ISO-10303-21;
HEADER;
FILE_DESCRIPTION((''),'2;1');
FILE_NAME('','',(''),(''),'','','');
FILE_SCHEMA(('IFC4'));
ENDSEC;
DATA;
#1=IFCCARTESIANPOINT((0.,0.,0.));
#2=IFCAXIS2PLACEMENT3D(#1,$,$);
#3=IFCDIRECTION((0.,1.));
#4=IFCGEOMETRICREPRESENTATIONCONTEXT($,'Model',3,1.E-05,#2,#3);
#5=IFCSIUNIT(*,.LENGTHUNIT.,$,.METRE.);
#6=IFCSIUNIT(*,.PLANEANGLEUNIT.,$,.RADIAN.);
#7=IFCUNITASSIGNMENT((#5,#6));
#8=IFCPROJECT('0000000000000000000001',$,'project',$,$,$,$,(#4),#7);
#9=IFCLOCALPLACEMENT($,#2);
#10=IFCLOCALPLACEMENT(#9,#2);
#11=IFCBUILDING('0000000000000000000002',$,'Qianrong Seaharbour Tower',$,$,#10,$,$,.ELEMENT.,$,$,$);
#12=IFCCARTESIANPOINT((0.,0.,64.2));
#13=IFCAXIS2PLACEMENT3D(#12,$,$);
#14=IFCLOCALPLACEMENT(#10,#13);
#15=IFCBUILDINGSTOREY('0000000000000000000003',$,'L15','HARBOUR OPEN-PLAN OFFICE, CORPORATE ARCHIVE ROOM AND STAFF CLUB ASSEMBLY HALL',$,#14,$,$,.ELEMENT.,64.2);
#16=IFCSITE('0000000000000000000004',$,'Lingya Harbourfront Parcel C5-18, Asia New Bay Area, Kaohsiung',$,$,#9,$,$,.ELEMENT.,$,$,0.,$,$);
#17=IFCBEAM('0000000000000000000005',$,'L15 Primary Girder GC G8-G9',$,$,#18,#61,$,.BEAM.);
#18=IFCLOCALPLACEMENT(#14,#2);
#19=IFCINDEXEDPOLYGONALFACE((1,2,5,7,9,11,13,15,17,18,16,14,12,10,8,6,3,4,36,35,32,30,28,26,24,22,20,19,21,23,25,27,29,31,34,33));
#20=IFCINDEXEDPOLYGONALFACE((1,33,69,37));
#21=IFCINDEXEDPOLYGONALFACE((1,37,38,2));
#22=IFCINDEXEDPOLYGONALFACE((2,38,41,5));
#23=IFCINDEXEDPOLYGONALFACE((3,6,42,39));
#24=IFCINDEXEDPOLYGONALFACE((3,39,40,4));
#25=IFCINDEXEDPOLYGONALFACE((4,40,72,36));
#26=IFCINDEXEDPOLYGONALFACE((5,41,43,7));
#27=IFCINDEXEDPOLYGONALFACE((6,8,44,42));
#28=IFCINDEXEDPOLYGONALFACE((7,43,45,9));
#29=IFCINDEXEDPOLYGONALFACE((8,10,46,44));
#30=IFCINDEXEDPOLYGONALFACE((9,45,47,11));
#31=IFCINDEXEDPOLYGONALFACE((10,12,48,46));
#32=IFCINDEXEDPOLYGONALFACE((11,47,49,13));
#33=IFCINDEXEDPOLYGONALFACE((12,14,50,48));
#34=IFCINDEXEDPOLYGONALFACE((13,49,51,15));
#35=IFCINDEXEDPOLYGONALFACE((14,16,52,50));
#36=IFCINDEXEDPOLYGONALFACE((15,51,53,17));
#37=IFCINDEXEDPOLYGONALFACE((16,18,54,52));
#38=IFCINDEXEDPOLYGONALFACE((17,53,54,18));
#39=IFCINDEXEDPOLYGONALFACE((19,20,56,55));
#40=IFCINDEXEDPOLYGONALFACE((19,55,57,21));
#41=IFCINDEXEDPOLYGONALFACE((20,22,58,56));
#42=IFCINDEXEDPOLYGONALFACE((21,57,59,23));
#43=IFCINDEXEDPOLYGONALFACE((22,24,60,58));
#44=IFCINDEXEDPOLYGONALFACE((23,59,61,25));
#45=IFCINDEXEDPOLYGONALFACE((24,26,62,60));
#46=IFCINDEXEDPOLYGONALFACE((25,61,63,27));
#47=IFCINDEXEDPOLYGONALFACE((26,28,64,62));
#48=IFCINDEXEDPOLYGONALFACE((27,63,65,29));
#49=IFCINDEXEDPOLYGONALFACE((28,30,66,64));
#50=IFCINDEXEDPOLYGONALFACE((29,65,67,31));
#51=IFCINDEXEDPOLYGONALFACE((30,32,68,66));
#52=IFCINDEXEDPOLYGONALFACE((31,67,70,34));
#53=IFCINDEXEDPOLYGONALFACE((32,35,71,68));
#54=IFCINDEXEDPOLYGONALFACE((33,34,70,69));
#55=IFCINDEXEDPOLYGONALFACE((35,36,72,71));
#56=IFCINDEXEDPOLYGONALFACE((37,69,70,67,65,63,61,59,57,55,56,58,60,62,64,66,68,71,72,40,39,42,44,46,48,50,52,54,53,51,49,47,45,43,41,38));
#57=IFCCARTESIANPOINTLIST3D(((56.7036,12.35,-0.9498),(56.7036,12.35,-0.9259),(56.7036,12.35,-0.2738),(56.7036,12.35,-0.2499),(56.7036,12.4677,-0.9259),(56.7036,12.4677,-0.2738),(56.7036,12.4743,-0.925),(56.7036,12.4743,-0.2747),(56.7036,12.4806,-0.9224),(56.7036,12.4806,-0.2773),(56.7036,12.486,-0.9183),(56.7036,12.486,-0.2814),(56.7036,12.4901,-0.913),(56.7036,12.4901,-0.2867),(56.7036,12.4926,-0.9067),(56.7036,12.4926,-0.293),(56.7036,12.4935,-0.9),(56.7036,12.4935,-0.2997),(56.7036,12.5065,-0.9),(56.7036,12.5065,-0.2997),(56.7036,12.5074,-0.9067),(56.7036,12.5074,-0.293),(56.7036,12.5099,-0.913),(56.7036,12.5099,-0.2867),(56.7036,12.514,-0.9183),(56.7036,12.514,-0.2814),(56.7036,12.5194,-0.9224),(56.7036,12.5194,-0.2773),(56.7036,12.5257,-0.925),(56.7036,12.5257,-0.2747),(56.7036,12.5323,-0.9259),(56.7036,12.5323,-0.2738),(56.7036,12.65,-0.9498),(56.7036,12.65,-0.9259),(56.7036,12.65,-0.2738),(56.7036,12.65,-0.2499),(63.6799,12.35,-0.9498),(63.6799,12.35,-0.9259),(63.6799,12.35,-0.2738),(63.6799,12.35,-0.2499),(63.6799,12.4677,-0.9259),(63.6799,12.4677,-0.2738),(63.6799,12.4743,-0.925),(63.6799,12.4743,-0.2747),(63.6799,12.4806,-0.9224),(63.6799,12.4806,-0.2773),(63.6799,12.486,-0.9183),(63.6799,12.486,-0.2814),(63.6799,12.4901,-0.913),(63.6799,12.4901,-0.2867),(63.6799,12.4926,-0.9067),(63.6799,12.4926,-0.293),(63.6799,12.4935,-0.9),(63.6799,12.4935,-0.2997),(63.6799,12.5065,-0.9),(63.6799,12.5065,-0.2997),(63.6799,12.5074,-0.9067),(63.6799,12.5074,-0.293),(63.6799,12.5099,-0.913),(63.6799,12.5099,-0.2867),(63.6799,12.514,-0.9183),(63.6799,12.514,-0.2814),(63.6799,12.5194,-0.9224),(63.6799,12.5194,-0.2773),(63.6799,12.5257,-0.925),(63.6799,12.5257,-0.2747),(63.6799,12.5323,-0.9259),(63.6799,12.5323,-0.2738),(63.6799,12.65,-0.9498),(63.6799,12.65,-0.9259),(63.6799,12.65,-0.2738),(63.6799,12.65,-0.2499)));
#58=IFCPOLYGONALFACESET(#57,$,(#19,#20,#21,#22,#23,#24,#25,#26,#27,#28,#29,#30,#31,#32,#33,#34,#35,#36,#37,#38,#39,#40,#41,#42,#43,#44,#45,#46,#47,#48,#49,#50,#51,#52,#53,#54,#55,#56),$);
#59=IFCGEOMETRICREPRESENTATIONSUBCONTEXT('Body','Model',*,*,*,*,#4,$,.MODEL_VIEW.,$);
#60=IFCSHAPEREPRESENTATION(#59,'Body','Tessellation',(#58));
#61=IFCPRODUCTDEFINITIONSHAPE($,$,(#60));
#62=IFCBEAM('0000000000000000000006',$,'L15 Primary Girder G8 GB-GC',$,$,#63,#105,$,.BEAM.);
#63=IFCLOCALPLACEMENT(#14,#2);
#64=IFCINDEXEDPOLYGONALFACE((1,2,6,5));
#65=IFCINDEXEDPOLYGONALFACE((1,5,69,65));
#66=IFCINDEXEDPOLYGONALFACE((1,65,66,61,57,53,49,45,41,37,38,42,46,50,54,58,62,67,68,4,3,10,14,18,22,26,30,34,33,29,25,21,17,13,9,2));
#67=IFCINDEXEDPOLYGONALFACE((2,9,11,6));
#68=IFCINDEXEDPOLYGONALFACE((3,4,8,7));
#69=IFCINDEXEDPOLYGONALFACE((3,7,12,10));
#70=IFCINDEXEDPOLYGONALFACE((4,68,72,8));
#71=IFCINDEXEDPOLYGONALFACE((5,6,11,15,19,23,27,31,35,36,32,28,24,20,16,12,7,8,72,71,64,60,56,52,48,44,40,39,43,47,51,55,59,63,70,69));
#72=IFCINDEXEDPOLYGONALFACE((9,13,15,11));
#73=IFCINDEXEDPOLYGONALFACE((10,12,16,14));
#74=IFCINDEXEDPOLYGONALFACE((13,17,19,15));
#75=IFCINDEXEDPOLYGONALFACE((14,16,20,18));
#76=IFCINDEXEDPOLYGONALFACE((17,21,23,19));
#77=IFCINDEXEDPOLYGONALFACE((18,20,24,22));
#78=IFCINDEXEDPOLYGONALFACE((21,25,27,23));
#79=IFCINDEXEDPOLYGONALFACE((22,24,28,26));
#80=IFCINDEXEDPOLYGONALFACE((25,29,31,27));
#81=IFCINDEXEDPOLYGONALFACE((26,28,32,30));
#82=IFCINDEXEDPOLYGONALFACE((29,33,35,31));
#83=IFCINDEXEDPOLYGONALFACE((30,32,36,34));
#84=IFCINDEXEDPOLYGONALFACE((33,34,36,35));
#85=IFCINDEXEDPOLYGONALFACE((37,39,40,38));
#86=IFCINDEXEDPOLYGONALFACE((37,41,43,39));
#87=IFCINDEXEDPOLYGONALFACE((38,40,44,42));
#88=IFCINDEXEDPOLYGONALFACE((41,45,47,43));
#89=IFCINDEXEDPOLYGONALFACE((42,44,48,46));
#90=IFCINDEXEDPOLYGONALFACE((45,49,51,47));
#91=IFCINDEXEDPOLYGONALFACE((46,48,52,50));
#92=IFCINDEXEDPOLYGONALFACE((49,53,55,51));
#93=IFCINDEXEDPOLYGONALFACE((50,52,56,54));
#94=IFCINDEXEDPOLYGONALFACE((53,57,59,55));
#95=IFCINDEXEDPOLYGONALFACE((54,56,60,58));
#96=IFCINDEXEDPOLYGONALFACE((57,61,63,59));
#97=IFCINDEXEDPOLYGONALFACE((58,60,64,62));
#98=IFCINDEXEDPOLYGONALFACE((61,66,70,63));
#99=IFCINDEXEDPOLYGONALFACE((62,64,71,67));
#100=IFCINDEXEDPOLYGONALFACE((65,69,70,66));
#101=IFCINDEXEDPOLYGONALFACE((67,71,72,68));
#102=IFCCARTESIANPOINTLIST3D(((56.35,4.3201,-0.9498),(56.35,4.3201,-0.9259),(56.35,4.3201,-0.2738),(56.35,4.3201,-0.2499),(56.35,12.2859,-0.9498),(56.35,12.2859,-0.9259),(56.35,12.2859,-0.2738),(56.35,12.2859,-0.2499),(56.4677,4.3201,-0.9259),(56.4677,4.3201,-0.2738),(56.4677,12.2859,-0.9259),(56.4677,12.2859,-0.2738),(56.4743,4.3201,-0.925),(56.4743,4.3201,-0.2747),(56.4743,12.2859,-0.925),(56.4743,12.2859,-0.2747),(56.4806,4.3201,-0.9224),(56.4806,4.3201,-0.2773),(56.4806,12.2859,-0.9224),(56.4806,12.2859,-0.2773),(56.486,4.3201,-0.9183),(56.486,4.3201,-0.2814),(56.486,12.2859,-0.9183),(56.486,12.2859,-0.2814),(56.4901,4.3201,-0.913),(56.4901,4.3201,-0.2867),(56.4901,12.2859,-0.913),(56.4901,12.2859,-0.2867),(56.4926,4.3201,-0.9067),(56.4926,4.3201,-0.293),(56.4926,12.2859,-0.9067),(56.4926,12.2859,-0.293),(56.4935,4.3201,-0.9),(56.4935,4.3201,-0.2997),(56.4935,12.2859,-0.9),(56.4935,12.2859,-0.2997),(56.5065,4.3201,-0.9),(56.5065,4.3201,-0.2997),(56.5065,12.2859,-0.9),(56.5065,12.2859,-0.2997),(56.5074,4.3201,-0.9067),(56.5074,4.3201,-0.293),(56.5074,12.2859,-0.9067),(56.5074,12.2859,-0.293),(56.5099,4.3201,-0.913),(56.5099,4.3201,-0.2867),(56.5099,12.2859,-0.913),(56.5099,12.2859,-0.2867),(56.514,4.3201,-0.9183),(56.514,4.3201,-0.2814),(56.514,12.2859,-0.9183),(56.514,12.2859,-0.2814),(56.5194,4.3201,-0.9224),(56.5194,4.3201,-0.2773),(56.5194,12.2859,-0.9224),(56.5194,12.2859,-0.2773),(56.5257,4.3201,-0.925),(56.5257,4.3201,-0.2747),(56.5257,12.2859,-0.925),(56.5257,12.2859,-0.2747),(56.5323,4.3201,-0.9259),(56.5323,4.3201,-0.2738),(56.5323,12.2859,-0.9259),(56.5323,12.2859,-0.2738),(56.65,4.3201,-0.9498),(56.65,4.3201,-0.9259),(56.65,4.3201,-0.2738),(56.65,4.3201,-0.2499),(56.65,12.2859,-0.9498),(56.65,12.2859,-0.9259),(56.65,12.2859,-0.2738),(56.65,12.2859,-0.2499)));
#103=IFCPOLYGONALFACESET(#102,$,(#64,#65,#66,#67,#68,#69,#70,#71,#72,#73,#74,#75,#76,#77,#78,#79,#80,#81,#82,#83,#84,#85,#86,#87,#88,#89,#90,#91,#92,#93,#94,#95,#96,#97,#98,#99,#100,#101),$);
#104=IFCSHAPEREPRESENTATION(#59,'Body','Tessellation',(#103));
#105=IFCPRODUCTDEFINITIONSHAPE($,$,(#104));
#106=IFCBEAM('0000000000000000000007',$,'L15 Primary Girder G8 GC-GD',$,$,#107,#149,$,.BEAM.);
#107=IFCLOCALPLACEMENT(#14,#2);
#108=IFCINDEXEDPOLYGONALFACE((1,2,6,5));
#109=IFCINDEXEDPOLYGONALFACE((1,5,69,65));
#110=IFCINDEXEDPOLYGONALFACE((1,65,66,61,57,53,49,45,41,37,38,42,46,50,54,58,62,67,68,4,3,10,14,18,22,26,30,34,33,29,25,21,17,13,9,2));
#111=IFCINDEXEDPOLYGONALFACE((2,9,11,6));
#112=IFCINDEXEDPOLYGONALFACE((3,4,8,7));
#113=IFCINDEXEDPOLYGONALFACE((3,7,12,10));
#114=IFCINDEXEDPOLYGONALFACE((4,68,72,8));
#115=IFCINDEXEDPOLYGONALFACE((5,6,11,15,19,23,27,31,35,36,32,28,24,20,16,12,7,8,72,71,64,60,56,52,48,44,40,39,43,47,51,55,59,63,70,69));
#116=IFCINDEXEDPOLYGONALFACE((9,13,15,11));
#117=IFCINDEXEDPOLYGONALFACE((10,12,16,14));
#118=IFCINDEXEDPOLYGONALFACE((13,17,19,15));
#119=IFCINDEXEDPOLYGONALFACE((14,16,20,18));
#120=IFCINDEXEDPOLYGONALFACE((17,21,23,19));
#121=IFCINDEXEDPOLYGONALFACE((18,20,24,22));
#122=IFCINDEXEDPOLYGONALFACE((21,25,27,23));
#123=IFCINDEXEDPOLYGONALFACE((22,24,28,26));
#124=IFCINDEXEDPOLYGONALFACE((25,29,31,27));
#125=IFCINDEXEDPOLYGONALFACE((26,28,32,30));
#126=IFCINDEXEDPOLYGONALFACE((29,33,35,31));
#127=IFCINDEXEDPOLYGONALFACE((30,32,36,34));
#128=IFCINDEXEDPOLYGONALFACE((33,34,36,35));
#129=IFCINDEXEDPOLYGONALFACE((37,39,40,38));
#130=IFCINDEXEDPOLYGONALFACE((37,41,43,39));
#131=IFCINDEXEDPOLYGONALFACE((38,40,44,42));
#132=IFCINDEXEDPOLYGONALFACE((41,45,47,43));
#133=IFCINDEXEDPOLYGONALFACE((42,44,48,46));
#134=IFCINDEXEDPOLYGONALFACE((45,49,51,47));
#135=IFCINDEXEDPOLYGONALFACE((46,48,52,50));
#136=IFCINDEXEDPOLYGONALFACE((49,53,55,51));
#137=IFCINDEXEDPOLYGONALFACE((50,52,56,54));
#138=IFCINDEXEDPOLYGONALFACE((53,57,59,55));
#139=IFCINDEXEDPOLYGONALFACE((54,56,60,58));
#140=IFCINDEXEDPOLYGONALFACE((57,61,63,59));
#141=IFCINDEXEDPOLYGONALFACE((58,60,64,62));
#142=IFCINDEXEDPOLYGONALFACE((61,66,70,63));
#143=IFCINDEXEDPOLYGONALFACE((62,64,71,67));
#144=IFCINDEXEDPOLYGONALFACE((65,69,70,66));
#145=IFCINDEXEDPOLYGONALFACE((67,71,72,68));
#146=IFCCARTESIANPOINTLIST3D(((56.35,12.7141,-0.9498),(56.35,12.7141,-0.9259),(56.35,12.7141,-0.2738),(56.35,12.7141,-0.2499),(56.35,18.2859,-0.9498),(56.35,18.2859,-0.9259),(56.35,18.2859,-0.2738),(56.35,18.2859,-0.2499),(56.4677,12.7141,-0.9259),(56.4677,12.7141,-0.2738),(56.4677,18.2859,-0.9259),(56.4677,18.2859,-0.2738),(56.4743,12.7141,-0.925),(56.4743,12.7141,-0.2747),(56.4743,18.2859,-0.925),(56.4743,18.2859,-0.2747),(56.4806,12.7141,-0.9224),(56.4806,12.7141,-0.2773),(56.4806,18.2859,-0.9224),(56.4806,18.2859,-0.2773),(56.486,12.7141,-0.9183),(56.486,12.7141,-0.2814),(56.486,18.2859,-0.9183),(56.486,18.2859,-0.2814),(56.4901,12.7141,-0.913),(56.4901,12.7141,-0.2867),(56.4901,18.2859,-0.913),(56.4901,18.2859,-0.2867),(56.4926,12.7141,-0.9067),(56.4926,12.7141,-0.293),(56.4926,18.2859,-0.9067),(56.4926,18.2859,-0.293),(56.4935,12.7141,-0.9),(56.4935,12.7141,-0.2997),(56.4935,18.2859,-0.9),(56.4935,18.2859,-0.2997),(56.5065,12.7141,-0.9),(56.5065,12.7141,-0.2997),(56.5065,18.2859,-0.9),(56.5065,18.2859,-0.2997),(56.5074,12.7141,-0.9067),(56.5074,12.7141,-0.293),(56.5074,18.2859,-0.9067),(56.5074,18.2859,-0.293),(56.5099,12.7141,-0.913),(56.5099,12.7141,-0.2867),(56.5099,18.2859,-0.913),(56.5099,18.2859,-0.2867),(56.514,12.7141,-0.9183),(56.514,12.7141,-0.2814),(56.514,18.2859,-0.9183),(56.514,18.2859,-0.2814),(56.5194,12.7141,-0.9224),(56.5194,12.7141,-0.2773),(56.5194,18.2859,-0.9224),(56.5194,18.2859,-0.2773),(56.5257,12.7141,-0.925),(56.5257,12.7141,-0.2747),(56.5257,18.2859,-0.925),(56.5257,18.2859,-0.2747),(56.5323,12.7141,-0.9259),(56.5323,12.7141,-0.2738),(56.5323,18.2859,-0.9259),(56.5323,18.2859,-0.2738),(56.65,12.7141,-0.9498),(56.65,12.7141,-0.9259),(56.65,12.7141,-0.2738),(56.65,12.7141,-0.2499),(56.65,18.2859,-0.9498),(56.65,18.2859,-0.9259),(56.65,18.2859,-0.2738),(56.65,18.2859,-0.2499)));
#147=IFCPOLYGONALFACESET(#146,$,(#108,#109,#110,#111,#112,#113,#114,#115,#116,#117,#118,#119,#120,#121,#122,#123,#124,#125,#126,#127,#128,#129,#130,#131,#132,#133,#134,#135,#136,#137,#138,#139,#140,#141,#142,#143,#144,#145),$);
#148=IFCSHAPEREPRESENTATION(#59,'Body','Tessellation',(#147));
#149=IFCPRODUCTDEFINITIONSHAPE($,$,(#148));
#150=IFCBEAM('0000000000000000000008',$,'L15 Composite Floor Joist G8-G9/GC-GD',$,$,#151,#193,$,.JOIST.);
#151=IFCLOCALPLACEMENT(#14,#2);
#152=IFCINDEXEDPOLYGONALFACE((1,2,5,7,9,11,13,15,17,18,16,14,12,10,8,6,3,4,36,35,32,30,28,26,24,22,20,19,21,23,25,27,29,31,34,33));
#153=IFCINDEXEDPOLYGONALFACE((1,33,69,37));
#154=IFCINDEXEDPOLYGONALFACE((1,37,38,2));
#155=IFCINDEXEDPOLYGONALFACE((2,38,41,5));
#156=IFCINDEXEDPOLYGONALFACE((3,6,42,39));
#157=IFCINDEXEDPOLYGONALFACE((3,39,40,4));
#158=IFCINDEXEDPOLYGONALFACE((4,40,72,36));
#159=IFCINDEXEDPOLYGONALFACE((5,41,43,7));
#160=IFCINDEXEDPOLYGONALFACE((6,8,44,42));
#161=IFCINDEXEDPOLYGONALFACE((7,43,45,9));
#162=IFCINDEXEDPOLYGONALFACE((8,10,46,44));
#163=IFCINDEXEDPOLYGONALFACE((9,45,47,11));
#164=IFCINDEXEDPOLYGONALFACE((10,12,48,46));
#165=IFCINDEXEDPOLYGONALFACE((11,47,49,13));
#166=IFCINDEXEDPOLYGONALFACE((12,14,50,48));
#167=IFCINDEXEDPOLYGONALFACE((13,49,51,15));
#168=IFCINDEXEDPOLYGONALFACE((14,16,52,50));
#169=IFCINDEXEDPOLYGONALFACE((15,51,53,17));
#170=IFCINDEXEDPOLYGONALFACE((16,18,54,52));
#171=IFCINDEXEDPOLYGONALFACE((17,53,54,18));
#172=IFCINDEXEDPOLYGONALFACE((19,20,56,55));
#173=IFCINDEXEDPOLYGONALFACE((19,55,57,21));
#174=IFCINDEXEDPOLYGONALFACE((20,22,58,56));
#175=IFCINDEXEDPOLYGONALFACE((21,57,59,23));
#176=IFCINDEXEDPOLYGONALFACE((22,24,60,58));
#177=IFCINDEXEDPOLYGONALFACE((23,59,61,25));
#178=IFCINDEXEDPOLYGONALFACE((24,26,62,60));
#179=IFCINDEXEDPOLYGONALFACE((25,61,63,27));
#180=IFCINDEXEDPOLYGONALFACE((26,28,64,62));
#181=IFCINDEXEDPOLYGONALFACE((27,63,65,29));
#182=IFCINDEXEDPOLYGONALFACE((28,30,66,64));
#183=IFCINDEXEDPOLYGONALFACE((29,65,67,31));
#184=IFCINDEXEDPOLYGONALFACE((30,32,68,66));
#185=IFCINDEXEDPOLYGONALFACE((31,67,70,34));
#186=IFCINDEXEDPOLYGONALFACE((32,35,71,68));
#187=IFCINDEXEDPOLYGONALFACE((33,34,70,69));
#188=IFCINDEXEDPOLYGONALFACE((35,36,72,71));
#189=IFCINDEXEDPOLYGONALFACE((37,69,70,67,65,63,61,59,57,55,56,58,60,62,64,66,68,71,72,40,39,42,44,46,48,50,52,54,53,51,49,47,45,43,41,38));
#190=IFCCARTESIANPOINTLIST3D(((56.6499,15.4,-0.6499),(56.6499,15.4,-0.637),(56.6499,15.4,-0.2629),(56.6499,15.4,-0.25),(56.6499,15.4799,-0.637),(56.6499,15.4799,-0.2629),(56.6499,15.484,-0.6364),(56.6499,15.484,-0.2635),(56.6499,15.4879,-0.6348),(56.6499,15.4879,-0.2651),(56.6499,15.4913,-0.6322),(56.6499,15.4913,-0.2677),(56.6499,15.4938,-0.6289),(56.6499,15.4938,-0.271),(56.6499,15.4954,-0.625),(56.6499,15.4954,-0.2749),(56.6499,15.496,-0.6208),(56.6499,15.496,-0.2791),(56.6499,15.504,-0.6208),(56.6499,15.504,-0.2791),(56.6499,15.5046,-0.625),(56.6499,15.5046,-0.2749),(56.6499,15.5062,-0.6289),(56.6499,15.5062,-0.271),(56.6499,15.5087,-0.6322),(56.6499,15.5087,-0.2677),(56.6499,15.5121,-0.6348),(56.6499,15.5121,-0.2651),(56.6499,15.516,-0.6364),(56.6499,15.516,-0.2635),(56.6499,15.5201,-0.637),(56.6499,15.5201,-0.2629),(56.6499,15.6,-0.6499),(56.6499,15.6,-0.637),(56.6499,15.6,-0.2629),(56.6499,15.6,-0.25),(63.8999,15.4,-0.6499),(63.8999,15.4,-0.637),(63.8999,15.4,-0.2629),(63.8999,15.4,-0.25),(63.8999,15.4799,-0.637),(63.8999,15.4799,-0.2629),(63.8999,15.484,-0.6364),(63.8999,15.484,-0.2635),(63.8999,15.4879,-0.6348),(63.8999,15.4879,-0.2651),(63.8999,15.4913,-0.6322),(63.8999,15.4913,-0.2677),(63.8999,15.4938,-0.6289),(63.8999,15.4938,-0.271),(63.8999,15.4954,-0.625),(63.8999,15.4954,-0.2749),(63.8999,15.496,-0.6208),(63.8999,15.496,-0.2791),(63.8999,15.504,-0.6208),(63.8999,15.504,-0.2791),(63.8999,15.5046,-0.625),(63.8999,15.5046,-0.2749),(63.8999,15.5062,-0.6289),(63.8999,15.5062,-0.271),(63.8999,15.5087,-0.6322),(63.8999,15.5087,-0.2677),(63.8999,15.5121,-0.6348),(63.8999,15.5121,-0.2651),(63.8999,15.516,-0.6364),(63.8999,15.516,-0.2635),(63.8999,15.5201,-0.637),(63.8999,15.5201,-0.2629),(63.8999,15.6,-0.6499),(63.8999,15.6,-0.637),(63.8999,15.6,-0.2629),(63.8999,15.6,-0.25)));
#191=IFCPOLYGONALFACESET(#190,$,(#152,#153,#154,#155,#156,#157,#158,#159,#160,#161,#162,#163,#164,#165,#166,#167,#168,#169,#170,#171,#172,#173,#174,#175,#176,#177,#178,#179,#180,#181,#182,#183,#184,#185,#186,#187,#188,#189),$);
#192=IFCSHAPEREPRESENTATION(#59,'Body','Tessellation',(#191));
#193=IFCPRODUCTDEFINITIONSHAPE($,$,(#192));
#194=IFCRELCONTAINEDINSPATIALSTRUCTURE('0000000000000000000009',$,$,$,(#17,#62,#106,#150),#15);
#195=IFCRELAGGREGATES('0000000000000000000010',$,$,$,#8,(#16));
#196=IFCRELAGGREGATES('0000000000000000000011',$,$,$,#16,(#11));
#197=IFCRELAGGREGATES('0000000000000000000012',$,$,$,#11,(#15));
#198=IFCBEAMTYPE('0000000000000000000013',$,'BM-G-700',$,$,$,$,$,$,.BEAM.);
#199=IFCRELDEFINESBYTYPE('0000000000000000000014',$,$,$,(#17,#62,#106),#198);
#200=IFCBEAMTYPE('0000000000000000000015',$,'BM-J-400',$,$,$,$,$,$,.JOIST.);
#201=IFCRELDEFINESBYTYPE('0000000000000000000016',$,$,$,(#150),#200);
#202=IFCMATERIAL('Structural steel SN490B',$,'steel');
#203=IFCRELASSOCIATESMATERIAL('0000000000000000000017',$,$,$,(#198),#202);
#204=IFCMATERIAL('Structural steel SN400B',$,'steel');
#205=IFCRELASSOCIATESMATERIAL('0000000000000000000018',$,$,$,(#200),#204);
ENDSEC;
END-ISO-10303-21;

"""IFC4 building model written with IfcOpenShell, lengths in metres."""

from ifc_helpers import new_model, si_unit, direction, frame, origin, origin_2d, place, context, subcontext, project, spatial, i_section, extrude, material, material_profile, profile_set, type_object, element, save


model = new_model("IFC4")

# Units and contexts
model_context = context("Model", 3, precision=1e-05, world=origin(), true_north=direction((0.0, 1.0)))
body_context = subcontext(model_context, "Body", "Model", "MODEL_VIEW")
ifc_project = project(units=[si_unit("LENGTHUNIT", "METRE"), si_unit("PLANEANGLEUNIT", "RADIAN")], contexts=[model_context])

# Site, building, storey
site_placement = place(None, origin())
site = spatial("IfcSite", under=ifc_project, at=site_placement, Name="Lingya Harbourfront Parcel C5-18, Asia New Bay Area, Kaohsiung", CompositionType="ELEMENT", RefElevation=0.0)
building_placement = place(site_placement, origin())
building = spatial("IfcBuilding", under=site, at=building_placement, Name="Qianrong Seaharbour Tower", CompositionType="ELEMENT")
storey_placement = place(building_placement, frame((0.0, 0.0, 64.2)))
storey = spatial("IfcBuildingStorey", under=building, at=storey_placement, Name="L15", Description="HARBOUR OPEN-PLAN OFFICE, CORPORATE ARCHIVE ROOM AND STAFF CLUB ASSEMBLY HALL", CompositionType="ELEMENT", Elevation=64.2)

# Shared definitions
ifc_material_1 = material(Name="Structural steel SN490B", Category="steel")

# Beams
ifc_material_profile_1 = material_profile(ifc_material_1, i_section(OverallWidth=0.3, OverallDepth=0.7, WebThickness=0.0129, FlangeThickness=0.0239, FilletRadius=0.0259, at=origin_2d()), Name="H700x300x13x24")
ifc_profile_set_1 = profile_set([ifc_material_profile_1], Name="Structural steel SN490B")
beam_type_1 = type_object("IfcBeamType", Name="BM-G-700", PredefinedType="BEAM", material=ifc_profile_set_1)
beam_1_placement = place(storey_placement, frame((56.7036, 12.5, -0.5999), z_axis=(1.0, 0.0, 0.0), x_axis=(0.0, 1.0, 0.0)))
element("IfcBeam", 1, at=beam_1_placement, inside=storey, type_object=beam_type_1, Name="L15 Primary Girder GC G8-G9", PredefinedType="BEAM", context=body_context, shape_type="SweptSolid", body=[
    extrude(i_section(OverallWidth=0.3, OverallDepth=0.7, WebThickness=0.0129, FlangeThickness=0.0239, FilletRadius=0.0259, at=origin_2d()), origin(), (0.0, 0.0, 1.0), 6.9763),
])
beam_2_placement = place(storey_placement, frame((56.5, 4.3201, -0.5999), z_axis=(0.0, 1.0, 0.0), x_axis=(-1.0, 0.0, 0.0)))
element("IfcBeam", 2, at=beam_2_placement, inside=storey, type_object=beam_type_1, Name="L15 Primary Girder G8 GB-GC", PredefinedType="BEAM", context=body_context, shape_type="SweptSolid", body=[
    extrude(i_section(OverallWidth=0.3, OverallDepth=0.7, WebThickness=0.0129, FlangeThickness=0.0239, FilletRadius=0.0259, at=origin_2d()), origin(), (0.0, 0.0, 1.0), 7.9658),
])
beam_3_placement = place(storey_placement, frame((56.5, 12.7141, -0.5999), z_axis=(0.0, 1.0, 0.0), x_axis=(-1.0, 0.0, 0.0)))
element("IfcBeam", 3, at=beam_3_placement, inside=storey, type_object=beam_type_1, Name="L15 Primary Girder G8 GC-GD", PredefinedType="BEAM", context=body_context, shape_type="SweptSolid", body=[
    extrude(i_section(OverallWidth=0.3, OverallDepth=0.7, WebThickness=0.0129, FlangeThickness=0.0239, FilletRadius=0.0259, at=origin_2d()), origin(), (0.0, 0.0, 1.0), 5.5718),
])
ifc_material_2 = material(Name="Structural steel SN400B", Category="steel")
ifc_material_profile_2 = material_profile(ifc_material_2, i_section(OverallWidth=0.2, OverallDepth=0.3999, WebThickness=0.0081, FlangeThickness=0.0129, FilletRadius=0.0161, at=origin_2d()), Name="H400x200x8x13")
ifc_profile_set_2 = profile_set([ifc_material_profile_2], Name="Structural steel SN400B")
beam_type_2 = type_object("IfcBeamType", Name="BM-J-400", PredefinedType="JOIST", material=ifc_profile_set_2)
beam_4_placement = place(storey_placement, frame((56.6499, 15.5, -0.45), z_axis=(1.0, 0.0, 0.0), x_axis=(0.0, 1.0, 0.0)))
element("IfcBeam", 4, at=beam_4_placement, inside=storey, type_object=beam_type_2, Name="L15 Composite Floor Joist G8-G9/GC-GD", PredefinedType="JOIST", context=body_context, shape_type="SweptSolid", body=[
    extrude(i_section(OverallWidth=0.2, OverallDepth=0.3999, WebThickness=0.0081, FlangeThickness=0.0129, FilletRadius=0.0161, at=origin_2d()), origin(), (0.0, 0.0, 1.0), 7.25),
])

save(model, "model.ifc")
